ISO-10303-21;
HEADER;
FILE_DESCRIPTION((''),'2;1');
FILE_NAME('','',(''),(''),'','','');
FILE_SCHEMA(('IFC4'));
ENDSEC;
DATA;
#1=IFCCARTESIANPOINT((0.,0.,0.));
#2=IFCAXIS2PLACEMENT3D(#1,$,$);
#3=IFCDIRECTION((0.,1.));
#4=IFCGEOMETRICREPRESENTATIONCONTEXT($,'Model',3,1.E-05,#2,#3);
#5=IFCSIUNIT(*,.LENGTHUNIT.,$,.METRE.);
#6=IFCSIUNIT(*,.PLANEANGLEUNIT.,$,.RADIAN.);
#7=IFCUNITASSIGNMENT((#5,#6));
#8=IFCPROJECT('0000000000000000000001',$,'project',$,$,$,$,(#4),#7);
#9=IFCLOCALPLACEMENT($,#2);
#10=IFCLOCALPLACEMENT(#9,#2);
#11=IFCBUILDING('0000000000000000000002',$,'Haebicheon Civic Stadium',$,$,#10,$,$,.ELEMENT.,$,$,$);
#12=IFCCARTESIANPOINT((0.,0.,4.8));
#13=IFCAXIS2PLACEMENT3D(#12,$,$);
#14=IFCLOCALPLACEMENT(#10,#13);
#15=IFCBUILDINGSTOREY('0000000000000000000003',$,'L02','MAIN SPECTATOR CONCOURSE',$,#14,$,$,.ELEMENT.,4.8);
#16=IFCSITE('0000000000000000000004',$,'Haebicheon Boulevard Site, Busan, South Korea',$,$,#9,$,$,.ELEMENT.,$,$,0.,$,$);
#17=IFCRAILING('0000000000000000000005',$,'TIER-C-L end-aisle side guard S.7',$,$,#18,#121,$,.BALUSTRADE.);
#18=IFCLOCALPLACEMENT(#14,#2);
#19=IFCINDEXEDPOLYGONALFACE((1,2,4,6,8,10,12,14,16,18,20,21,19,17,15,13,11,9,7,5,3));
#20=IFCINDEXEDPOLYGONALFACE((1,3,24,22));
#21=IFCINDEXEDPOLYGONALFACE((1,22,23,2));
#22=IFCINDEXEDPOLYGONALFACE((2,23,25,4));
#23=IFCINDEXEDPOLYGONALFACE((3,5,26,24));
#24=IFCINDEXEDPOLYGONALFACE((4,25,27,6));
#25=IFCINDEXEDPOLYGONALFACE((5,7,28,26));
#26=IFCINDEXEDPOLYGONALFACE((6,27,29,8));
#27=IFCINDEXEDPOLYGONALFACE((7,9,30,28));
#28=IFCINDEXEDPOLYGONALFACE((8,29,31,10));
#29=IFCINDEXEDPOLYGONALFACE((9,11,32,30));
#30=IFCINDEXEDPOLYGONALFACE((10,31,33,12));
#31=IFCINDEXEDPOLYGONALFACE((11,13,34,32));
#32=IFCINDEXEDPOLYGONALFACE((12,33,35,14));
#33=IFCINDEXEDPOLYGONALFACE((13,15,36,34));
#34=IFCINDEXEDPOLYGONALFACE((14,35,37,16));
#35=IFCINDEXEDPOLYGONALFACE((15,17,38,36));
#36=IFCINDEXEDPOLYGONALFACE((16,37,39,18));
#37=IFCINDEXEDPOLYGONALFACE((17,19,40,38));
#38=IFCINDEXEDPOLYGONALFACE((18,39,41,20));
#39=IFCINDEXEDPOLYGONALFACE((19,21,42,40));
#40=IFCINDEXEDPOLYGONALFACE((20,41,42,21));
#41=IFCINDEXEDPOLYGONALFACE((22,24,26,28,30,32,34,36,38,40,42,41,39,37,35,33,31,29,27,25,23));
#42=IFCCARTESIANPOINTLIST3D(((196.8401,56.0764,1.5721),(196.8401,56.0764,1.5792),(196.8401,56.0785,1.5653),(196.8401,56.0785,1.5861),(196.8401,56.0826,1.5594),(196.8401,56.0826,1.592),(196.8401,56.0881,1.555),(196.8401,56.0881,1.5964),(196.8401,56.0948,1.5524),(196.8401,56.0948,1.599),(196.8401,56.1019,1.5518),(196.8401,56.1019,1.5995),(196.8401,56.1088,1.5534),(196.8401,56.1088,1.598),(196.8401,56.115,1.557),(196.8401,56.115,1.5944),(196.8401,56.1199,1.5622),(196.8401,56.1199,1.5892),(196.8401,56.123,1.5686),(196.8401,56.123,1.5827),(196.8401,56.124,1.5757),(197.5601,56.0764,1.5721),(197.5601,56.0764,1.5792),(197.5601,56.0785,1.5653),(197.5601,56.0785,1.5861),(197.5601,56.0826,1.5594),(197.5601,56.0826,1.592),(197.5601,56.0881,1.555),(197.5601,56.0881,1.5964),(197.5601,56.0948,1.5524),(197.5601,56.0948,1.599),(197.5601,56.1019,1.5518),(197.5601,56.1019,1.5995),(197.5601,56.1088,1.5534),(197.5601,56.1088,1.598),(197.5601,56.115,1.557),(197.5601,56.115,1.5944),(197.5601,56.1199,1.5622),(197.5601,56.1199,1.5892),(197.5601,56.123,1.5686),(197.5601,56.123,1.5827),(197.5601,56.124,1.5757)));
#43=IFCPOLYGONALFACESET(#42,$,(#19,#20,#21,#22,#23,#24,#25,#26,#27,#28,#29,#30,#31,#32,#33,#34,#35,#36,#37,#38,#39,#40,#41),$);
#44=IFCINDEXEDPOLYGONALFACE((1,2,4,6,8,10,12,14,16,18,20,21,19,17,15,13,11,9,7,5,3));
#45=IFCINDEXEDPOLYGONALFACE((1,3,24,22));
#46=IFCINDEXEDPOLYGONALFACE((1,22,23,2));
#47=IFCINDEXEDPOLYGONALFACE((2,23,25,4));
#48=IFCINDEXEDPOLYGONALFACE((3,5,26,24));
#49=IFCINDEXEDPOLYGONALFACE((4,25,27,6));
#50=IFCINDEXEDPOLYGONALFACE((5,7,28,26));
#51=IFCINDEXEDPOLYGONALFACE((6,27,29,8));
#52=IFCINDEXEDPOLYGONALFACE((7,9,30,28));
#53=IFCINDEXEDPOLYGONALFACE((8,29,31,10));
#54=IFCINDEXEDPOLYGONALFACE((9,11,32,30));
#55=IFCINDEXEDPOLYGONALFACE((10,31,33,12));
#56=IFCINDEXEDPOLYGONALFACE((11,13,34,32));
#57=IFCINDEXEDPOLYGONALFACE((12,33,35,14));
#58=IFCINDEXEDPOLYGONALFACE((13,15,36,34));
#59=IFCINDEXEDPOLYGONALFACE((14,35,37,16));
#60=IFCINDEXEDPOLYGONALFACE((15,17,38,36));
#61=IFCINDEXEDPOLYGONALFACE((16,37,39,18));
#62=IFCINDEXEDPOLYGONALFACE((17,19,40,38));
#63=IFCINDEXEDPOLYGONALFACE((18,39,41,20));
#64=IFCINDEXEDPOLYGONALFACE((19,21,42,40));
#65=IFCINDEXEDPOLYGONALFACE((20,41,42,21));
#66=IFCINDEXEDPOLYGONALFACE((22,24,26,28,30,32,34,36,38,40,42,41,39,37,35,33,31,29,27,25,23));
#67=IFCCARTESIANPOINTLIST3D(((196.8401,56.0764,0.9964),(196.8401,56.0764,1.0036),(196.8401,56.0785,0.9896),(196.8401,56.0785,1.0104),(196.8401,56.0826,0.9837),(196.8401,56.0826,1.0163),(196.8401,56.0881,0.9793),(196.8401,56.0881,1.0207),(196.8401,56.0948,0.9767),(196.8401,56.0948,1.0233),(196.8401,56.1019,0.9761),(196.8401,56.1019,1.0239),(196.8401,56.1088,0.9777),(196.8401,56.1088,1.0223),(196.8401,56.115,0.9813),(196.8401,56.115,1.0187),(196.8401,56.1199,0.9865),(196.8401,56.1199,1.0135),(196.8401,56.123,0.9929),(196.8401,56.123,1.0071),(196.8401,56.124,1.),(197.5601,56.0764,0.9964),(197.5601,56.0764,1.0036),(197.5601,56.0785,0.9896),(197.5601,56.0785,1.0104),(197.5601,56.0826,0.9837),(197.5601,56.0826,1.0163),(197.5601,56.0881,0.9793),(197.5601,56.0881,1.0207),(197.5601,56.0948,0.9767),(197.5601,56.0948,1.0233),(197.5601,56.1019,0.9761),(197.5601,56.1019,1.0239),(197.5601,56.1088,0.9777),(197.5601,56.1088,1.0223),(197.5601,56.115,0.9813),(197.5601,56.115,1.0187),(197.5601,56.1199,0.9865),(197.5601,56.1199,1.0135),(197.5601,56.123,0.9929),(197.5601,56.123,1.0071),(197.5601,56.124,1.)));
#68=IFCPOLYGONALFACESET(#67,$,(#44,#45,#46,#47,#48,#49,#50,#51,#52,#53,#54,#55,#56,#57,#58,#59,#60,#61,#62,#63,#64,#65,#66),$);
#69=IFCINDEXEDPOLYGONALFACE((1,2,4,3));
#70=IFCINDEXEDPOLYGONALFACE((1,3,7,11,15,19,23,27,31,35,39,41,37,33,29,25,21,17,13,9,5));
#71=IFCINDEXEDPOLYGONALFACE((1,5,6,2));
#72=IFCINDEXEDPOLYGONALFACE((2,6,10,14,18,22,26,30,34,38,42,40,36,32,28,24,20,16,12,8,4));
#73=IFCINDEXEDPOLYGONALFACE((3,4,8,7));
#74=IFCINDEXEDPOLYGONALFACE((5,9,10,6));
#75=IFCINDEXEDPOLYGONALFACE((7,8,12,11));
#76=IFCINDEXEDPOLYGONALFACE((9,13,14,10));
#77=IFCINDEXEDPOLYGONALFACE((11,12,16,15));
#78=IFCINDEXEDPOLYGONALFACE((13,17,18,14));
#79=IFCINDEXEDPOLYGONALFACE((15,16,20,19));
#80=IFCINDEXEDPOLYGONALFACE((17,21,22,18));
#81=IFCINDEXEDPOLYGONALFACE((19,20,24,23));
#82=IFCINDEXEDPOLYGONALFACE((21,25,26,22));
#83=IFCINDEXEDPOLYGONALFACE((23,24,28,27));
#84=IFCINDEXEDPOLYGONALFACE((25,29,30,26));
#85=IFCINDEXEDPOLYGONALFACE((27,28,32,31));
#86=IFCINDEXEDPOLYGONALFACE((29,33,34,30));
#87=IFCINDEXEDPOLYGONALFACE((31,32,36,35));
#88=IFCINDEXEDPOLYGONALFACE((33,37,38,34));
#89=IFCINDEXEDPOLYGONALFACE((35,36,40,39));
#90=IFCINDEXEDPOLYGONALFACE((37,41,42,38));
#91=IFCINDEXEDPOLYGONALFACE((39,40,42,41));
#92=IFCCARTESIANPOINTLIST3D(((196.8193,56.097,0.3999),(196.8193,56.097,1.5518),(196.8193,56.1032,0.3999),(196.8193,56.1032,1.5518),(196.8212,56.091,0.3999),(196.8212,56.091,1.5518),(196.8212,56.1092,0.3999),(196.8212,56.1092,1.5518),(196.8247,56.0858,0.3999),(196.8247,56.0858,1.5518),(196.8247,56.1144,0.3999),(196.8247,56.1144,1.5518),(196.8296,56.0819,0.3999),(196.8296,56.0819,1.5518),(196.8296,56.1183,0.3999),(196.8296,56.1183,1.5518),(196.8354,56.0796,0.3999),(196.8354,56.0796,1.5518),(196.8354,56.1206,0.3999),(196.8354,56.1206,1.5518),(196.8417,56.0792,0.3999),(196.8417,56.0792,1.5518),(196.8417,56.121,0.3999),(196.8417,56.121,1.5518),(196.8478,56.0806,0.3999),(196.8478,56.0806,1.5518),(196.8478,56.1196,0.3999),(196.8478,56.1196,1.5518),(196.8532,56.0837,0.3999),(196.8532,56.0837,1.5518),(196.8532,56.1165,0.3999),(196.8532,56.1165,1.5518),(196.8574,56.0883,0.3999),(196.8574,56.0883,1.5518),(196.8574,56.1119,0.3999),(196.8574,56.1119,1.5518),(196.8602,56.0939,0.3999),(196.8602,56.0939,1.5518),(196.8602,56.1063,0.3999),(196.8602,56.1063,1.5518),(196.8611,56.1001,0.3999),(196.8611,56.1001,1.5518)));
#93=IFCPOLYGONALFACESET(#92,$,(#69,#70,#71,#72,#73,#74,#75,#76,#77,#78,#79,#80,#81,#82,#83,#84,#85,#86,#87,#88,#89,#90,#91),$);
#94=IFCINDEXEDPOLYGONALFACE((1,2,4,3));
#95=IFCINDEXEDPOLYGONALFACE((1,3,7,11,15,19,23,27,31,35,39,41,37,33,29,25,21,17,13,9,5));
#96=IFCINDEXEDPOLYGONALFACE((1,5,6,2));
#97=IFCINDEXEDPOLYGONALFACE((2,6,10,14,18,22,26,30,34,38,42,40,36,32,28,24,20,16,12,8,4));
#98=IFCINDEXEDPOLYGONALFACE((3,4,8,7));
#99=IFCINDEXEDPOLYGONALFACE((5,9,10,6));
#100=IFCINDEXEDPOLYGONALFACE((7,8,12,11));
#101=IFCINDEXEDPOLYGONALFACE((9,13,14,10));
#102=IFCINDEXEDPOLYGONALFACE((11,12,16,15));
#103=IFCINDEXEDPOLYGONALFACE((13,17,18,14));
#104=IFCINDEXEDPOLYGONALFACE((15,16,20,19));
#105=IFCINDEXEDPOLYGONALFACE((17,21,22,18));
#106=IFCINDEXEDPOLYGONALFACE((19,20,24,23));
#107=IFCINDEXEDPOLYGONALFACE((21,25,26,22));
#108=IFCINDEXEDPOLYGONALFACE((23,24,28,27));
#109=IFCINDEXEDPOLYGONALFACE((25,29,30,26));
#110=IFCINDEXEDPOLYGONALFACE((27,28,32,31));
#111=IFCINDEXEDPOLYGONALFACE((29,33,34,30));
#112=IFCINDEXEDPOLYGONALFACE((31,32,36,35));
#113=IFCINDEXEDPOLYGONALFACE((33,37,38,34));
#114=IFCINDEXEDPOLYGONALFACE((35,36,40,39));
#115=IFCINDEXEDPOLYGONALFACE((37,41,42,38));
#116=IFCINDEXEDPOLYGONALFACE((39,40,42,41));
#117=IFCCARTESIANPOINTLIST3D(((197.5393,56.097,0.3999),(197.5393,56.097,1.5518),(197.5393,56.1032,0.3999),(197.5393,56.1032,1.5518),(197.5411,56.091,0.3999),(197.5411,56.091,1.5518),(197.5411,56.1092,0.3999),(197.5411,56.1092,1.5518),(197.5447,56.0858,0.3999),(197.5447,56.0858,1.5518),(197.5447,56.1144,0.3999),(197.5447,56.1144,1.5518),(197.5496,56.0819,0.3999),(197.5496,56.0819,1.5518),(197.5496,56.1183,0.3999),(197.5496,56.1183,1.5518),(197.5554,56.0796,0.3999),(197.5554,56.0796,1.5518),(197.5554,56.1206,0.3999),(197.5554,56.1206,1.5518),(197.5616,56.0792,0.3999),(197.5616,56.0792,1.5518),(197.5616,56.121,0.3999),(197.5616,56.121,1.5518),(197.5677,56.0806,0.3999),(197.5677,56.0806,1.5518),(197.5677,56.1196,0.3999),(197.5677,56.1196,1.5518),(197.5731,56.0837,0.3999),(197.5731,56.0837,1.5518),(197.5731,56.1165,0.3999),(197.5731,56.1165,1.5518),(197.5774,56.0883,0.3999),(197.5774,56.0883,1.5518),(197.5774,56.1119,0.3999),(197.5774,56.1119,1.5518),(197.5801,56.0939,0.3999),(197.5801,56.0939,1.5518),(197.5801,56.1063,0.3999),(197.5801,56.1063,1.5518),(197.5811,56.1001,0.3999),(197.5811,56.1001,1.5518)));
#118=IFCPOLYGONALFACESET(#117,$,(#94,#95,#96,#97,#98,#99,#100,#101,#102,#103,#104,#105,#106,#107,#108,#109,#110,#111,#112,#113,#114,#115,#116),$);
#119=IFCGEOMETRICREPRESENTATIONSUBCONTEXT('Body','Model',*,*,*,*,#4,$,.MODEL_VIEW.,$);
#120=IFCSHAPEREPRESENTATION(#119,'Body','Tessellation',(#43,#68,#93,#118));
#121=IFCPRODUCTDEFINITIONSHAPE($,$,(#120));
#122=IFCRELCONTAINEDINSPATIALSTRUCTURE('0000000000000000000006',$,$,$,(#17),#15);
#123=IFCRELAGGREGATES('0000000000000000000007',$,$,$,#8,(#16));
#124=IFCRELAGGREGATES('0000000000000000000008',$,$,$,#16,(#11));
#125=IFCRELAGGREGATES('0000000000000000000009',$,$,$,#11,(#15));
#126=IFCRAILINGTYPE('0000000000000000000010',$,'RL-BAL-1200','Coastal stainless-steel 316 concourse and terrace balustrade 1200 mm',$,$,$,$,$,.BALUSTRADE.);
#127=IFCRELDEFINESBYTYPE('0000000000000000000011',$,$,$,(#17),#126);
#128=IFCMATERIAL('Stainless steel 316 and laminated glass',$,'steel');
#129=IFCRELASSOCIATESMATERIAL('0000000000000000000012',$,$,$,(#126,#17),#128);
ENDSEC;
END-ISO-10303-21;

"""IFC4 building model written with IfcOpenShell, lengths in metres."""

from ifc_helpers import new_model, si_unit, direction, frame, origin, origin_2d, place, context, subcontext, project, spatial, circle, extrude, material, type_object, element, save


model = new_model("IFC4")

# Units and contexts
model_context = context("Model", 3, precision=1e-05, world=origin(), true_north=direction((0.0, 1.0)))
body_context = subcontext(model_context, "Body", "Model", "MODEL_VIEW")
ifc_project = project(units=[si_unit("LENGTHUNIT", "METRE"), si_unit("PLANEANGLEUNIT", "RADIAN")], contexts=[model_context])

# Site, building, storey
site_placement = place(None, origin())
site = spatial("IfcSite", under=ifc_project, at=site_placement, Name="Haebicheon Boulevard Site, Busan, South Korea", CompositionType="ELEMENT", RefElevation=0.0)
building_placement = place(site_placement, origin())
building = spatial("IfcBuilding", under=site, at=building_placement, Name="Haebicheon Civic Stadium", CompositionType="ELEMENT")
storey_placement = place(building_placement, frame((0.0, 0.0, 4.8)))
storey = spatial("IfcBuildingStorey", under=building, at=storey_placement, Name="L02", Description="MAIN SPECTATOR CONCOURSE", CompositionType="ELEMENT", Elevation=4.8)

# Railing
ifc_material_1 = material(Name="Stainless steel 316 and laminated glass", Category="steel")
railing_type = type_object("IfcRailingType", Name="RL-BAL-1200", Description="Coastal stainless-steel 316 concourse and terrace balustrade 1200 mm", PredefinedType="BALUSTRADE", material=ifc_material_1)
railing_1_placement = place(storey_placement, frame((196.8401, 56.1001, 0.3999)))
element("IfcRailing", 1, at=railing_1_placement, inside=storey, type_object=railing_type, material=ifc_material_1, Name="TIER-C-L end-aisle side guard S.7", PredefinedType="BALUSTRADE", context=body_context, shape_type="SweptSolid", body=[
    extrude(circle(Radius=0.0239, at=origin_2d()), frame((0.0, 0.0, 1.1758), z_axis=(1.0, 0.0, 0.0), x_axis=(0.0, 1.0, 0.0)), (0.0, 0.0, 1.0), 0.72),
    extrude(circle(Radius=0.0239, at=origin_2d()), frame((0.0, 0.0, 0.6001), z_axis=(1.0, 0.0, 0.0), x_axis=(0.0, 1.0, 0.0)), (0.0, 0.0, 1.0), 0.72),
    extrude(circle(Radius=0.021, at=origin_2d()), origin(), (0.0, 0.0, 1.0), 1.1519),
    extrude(circle(Radius=0.021, at=origin_2d()), frame((0.72, 0.0, 0.0)), (0.0, 0.0, 1.0), 1.1519),
])

save(model, "model.ifc")
